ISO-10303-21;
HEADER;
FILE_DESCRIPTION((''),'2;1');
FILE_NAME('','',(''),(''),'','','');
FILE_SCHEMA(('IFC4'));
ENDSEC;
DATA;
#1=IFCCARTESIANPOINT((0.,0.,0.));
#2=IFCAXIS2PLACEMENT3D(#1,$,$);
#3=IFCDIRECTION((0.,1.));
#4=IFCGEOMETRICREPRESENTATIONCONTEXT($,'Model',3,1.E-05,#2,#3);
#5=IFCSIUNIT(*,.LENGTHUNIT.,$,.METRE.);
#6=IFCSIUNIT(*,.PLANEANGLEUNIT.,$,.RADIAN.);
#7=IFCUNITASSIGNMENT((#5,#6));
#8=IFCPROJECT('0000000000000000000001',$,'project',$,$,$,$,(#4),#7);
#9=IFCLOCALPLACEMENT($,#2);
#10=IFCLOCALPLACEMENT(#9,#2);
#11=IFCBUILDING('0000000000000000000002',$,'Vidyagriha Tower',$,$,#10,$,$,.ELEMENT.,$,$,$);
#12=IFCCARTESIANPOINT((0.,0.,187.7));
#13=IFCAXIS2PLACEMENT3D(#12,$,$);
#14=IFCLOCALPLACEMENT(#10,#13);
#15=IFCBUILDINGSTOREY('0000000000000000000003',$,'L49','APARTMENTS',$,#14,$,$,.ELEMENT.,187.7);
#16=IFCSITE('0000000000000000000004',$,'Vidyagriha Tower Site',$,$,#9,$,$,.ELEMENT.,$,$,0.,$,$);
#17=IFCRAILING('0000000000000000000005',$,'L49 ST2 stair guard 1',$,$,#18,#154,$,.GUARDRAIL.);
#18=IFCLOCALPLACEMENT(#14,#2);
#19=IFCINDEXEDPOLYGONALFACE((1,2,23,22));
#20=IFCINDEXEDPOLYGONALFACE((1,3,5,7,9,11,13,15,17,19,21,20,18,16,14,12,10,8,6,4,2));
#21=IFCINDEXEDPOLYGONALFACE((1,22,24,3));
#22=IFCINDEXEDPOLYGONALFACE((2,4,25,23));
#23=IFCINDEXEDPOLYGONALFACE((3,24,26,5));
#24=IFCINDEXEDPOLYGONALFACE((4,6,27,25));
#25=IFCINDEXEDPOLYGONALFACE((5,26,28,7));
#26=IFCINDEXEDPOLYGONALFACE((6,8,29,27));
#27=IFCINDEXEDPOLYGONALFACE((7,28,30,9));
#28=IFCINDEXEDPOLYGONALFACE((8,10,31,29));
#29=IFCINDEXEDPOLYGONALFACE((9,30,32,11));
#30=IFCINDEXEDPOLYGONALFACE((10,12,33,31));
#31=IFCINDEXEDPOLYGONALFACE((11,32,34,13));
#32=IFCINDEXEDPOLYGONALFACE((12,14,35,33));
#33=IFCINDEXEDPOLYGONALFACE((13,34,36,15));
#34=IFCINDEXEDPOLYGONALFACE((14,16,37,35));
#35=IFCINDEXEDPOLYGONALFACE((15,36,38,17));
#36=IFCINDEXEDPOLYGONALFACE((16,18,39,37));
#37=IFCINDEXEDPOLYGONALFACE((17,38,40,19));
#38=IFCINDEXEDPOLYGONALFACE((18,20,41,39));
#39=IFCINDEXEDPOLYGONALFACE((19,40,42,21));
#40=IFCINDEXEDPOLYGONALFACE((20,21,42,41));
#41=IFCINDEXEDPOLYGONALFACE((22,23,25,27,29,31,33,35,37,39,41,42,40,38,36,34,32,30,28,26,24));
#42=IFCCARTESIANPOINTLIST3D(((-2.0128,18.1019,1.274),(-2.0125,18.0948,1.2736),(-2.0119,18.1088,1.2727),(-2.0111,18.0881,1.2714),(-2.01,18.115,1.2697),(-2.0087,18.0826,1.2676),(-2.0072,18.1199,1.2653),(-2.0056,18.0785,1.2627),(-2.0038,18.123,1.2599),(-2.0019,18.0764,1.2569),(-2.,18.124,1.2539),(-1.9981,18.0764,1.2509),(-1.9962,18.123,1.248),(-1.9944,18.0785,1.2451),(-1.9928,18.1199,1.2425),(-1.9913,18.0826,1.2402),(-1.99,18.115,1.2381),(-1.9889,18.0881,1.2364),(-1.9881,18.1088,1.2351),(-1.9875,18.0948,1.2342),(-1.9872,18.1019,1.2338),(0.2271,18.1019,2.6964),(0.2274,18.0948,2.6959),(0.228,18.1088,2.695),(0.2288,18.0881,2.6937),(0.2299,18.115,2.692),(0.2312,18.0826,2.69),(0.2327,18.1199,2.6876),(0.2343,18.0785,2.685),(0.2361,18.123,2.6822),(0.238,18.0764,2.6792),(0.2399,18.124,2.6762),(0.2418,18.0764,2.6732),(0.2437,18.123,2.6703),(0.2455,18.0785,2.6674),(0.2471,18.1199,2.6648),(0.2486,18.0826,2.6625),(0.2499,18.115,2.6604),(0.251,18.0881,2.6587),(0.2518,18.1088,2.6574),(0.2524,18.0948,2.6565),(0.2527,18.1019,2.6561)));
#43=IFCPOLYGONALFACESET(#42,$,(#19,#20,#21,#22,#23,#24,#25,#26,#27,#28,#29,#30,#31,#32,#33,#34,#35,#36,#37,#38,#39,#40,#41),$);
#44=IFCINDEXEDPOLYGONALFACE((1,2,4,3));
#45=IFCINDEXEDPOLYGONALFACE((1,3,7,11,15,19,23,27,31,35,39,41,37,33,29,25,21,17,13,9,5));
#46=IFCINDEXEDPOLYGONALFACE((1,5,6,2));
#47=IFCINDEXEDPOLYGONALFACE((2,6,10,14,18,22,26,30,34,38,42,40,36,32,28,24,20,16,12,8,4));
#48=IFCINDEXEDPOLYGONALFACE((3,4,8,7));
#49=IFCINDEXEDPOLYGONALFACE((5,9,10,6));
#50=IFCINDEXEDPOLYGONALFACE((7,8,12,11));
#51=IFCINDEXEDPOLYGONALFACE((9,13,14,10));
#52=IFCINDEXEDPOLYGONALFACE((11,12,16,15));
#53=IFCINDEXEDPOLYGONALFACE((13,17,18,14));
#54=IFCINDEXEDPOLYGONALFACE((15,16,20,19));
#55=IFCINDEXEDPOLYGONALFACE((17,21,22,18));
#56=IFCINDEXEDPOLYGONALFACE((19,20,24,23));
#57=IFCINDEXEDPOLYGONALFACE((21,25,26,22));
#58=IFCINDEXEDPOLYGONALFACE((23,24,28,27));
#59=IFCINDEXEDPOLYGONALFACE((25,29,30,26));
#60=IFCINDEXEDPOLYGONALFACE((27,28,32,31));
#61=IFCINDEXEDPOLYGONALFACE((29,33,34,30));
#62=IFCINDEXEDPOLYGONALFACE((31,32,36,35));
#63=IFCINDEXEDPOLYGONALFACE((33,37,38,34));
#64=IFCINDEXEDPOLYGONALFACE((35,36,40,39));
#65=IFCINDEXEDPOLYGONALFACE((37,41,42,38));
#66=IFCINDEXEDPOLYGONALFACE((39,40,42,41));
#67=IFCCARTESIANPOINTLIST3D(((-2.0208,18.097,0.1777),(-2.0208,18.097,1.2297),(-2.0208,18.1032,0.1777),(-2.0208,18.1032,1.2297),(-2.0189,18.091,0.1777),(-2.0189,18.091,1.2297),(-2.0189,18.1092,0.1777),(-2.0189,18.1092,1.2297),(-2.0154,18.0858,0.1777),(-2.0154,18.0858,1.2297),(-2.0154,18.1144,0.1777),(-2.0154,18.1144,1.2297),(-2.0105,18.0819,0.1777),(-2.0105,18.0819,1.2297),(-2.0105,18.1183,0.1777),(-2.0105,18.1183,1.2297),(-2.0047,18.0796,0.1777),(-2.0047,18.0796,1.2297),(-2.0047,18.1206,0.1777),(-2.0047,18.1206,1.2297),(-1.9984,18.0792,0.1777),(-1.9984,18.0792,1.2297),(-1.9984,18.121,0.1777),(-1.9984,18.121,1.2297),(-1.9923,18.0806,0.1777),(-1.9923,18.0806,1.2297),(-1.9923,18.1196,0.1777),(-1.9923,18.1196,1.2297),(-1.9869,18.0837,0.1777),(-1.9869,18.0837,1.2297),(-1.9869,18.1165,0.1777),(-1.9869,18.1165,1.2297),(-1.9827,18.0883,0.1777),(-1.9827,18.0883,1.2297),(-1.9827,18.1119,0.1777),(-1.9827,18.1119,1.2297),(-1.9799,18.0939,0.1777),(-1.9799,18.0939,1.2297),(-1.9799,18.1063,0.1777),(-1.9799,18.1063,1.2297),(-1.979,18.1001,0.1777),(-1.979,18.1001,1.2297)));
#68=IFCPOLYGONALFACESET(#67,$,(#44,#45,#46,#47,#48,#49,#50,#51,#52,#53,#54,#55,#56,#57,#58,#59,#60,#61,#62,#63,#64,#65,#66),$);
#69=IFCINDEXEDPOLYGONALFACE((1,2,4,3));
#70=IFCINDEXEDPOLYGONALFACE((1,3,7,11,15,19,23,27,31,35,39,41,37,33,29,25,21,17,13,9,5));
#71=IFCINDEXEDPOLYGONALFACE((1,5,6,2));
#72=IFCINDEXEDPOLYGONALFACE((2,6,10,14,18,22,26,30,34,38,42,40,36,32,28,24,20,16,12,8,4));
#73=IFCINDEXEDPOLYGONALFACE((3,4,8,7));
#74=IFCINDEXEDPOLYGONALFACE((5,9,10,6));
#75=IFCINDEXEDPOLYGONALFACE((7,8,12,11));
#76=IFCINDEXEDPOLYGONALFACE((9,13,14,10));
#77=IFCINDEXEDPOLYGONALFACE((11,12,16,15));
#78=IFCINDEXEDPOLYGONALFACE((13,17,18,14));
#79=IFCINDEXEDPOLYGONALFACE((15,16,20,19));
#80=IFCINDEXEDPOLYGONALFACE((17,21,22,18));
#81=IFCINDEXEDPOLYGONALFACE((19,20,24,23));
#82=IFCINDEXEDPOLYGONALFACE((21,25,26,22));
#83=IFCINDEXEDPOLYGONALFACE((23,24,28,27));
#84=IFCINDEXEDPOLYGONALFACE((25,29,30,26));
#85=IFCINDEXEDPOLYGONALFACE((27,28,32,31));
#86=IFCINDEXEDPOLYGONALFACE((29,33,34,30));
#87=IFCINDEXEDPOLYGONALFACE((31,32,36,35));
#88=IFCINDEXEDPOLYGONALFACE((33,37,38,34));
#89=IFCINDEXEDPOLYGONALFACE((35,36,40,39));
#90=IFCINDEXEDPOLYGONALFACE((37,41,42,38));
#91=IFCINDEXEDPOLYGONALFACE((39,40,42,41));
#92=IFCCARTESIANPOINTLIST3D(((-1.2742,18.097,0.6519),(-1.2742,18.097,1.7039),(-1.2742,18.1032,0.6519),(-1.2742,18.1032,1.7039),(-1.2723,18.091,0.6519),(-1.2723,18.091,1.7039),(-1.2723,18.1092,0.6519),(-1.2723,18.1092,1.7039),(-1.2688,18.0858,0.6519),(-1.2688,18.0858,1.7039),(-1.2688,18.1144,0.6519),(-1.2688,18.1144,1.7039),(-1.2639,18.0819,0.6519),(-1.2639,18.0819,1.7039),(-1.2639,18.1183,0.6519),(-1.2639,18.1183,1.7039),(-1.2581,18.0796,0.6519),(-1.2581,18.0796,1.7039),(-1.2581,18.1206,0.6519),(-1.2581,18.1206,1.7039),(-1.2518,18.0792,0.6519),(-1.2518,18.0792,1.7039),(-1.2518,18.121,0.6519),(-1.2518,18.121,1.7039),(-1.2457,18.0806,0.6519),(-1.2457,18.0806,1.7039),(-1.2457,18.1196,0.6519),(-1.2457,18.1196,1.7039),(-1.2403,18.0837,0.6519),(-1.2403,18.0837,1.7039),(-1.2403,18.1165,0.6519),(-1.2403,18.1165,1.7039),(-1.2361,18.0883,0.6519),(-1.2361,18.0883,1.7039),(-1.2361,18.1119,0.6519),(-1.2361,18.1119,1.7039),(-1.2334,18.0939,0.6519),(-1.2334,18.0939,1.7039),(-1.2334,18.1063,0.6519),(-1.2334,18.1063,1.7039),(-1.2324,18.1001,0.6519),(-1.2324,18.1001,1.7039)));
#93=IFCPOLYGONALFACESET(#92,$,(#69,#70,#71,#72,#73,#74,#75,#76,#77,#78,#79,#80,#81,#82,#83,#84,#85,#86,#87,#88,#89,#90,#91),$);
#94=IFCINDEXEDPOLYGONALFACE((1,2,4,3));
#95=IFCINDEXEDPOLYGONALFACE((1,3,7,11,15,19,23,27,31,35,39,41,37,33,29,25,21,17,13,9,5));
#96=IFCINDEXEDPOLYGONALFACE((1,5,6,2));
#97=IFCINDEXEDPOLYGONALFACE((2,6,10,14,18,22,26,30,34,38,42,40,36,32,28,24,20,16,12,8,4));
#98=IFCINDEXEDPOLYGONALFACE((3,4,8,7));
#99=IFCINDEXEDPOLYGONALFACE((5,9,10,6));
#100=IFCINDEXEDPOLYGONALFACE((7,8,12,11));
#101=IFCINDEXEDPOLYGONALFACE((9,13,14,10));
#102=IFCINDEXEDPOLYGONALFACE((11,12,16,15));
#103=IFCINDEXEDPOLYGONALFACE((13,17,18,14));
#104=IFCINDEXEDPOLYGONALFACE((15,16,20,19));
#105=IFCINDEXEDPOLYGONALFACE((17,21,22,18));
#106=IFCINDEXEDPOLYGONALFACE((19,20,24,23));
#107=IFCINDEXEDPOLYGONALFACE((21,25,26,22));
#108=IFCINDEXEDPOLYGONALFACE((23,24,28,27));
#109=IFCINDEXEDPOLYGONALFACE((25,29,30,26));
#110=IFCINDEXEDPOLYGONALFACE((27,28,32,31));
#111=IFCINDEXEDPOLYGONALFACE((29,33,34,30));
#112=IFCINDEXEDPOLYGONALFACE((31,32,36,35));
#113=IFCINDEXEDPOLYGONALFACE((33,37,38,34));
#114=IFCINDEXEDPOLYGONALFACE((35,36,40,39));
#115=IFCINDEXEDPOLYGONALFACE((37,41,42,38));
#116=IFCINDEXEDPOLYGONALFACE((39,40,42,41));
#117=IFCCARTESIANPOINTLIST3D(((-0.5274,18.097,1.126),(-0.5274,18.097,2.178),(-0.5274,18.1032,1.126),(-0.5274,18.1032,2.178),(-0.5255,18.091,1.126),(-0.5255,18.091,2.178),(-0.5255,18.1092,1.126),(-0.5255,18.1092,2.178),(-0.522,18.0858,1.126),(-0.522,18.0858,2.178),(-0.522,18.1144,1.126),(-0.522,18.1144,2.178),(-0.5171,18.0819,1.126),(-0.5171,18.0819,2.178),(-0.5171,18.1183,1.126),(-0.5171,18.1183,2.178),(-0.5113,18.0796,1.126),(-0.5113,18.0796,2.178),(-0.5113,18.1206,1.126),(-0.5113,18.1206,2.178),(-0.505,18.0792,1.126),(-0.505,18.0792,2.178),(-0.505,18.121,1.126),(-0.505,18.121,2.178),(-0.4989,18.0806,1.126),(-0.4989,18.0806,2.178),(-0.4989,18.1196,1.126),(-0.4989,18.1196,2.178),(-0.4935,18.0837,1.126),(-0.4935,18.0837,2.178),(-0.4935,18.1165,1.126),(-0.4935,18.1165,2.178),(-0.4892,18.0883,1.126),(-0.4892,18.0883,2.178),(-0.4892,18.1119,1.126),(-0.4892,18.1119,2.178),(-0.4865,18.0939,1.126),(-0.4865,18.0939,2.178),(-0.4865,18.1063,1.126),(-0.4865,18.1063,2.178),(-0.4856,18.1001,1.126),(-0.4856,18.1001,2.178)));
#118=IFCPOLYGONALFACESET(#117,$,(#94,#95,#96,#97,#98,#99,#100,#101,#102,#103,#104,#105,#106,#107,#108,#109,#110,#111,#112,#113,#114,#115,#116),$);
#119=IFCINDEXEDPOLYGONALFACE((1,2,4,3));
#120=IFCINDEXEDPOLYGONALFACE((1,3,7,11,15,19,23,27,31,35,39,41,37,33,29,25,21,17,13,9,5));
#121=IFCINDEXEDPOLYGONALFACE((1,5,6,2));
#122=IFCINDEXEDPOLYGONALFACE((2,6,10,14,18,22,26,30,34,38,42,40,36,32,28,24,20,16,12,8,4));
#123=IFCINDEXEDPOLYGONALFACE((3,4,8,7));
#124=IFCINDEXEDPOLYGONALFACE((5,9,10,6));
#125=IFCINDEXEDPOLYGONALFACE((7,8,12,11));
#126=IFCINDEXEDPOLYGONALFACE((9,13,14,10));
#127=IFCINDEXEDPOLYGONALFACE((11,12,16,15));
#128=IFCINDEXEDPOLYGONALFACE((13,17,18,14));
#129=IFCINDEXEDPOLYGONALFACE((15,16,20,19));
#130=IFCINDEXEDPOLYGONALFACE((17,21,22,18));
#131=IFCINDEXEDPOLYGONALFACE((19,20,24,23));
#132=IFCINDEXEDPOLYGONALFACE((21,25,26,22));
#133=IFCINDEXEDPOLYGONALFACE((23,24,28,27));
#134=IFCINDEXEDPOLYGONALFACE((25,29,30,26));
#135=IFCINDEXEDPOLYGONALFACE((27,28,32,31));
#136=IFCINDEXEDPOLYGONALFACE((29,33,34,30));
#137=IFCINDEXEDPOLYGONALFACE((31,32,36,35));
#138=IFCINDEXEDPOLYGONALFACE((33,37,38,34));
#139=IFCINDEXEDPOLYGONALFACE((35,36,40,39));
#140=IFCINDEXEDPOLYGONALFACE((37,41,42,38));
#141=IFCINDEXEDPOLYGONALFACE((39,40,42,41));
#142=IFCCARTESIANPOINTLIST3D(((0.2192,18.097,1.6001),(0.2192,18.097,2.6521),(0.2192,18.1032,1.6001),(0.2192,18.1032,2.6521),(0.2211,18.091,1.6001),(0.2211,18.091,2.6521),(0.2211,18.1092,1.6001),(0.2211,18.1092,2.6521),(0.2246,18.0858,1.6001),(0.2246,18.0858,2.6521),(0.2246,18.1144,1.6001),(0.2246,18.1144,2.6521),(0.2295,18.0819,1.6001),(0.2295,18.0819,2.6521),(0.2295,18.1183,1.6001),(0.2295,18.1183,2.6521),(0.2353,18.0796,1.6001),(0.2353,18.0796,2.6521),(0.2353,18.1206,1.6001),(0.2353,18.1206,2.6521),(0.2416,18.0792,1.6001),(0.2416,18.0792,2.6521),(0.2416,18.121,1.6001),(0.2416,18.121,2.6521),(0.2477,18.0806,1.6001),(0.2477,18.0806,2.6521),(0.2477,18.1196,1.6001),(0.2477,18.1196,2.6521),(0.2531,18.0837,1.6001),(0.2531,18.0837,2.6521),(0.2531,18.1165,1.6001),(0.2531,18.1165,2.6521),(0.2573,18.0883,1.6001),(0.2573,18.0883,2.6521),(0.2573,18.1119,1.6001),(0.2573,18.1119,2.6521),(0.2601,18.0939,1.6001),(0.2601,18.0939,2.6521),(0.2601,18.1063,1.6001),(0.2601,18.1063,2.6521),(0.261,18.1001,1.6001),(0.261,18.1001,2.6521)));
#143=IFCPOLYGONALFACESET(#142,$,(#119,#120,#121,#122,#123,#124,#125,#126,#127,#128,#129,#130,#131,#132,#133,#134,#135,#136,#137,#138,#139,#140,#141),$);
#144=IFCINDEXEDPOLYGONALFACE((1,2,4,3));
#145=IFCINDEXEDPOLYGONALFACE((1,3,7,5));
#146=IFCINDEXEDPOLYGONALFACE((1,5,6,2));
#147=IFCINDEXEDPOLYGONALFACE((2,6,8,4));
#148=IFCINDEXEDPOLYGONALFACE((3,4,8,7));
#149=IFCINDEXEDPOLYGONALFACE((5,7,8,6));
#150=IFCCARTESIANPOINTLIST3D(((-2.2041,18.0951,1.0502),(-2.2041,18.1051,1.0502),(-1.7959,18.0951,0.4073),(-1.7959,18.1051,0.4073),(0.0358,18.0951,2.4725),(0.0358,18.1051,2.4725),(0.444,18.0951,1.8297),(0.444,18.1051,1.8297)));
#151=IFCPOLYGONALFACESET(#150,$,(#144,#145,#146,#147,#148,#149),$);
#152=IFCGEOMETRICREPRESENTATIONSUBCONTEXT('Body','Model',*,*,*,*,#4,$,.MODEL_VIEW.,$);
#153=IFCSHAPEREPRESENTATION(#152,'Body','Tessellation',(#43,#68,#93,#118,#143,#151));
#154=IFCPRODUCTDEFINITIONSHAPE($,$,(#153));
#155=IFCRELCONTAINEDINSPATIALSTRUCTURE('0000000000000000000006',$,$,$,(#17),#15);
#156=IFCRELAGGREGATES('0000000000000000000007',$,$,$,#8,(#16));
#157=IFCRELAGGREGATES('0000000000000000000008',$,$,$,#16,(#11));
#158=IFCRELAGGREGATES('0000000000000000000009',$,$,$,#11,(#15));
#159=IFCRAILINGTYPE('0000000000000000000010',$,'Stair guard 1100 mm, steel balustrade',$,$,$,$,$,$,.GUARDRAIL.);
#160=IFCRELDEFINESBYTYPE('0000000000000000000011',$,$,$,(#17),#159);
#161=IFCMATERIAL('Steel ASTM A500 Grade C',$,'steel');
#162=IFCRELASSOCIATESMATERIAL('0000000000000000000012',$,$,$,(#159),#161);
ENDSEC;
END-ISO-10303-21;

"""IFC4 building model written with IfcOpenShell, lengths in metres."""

from ifc_helpers import new_model, si_unit, direction, frame, origin, origin_2d, place, context, subcontext, project, spatial, rectangle, circle, extrude, material, type_object, element, save


model = new_model("IFC4")

# Units and contexts
model_context = context("Model", 3, precision=1e-05, world=origin(), true_north=direction((0.0, 1.0)))
body_context = subcontext(model_context, "Body", "Model", "MODEL_VIEW")
ifc_project = project(units=[si_unit("LENGTHUNIT", "METRE"), si_unit("PLANEANGLEUNIT", "RADIAN")], contexts=[model_context])

# Site, building, storey
site_placement = place(None, origin())
site = spatial("IfcSite", under=ifc_project, at=site_placement, Name="Vidyagriha Tower Site", CompositionType="ELEMENT", RefElevation=0.0)
building_placement = place(site_placement, origin())
building = spatial("IfcBuilding", under=site, at=building_placement, Name="Vidyagriha Tower", CompositionType="ELEMENT")
storey_placement = place(building_placement, frame((0.0, 0.0, 187.7)))
storey = spatial("IfcBuildingStorey", under=building, at=storey_placement, Name="L49", Description="APARTMENTS", CompositionType="ELEMENT", Elevation=187.7)

# Railing
ifc_material_1 = material(Name="Steel ASTM A500 Grade C", Category="steel")
railing_type_1 = type_object("IfcRailingType", Name="Stair guard 1100 mm, steel balustrade", PredefinedType="GUARDRAIL", material=ifc_material_1)
railing_1_placement = place(storey_placement, frame((-2.0, 18.1001, 0.1777)))
element("IfcRailing", 1, at=railing_1_placement, inside=storey, type_object=railing_type_1, Name="L49 ST2 stair guard 1", PredefinedType="GUARDRAIL", context=body_context, shape_type="SweptSolid", body=[
    extrude(circle(Radius=0.0239, at=origin_2d()), frame((0.0, 0.0, 1.0762), z_axis=(0.844188, 0.0, 0.536048), x_axis=(0.0, 1.0, 0.0)), (0.0, 0.0, 1.0), 2.6533),
    extrude(circle(Radius=0.021, at=origin_2d()), origin(), (0.0, 0.0, 1.0), 1.052),
    extrude(circle(Radius=0.021, at=origin_2d()), frame((0.7466, 0.0, 0.4741)), (0.0, 0.0, 1.0), 1.052),
    extrude(circle(Radius=0.021, at=origin_2d()), frame((1.4934, 0.0, 0.9482)), (0.0, 0.0, 1.0), 1.052),
    extrude(circle(Radius=0.021, at=origin_2d()), frame((2.24, 0.0, 1.4224)), (0.0, 0.0, 1.0), 1.052),
    extrude(rectangle(XDim=0.01, YDim=0.7615, at=origin_2d()), frame((0.0, 0.0, 0.551), z_axis=(0.844188, 0.0, 0.536048), x_axis=(0.0, 1.0, 0.0)), (0.0, 0.0, 1.0), 2.6533),
])

save(model, "model.ifc")
